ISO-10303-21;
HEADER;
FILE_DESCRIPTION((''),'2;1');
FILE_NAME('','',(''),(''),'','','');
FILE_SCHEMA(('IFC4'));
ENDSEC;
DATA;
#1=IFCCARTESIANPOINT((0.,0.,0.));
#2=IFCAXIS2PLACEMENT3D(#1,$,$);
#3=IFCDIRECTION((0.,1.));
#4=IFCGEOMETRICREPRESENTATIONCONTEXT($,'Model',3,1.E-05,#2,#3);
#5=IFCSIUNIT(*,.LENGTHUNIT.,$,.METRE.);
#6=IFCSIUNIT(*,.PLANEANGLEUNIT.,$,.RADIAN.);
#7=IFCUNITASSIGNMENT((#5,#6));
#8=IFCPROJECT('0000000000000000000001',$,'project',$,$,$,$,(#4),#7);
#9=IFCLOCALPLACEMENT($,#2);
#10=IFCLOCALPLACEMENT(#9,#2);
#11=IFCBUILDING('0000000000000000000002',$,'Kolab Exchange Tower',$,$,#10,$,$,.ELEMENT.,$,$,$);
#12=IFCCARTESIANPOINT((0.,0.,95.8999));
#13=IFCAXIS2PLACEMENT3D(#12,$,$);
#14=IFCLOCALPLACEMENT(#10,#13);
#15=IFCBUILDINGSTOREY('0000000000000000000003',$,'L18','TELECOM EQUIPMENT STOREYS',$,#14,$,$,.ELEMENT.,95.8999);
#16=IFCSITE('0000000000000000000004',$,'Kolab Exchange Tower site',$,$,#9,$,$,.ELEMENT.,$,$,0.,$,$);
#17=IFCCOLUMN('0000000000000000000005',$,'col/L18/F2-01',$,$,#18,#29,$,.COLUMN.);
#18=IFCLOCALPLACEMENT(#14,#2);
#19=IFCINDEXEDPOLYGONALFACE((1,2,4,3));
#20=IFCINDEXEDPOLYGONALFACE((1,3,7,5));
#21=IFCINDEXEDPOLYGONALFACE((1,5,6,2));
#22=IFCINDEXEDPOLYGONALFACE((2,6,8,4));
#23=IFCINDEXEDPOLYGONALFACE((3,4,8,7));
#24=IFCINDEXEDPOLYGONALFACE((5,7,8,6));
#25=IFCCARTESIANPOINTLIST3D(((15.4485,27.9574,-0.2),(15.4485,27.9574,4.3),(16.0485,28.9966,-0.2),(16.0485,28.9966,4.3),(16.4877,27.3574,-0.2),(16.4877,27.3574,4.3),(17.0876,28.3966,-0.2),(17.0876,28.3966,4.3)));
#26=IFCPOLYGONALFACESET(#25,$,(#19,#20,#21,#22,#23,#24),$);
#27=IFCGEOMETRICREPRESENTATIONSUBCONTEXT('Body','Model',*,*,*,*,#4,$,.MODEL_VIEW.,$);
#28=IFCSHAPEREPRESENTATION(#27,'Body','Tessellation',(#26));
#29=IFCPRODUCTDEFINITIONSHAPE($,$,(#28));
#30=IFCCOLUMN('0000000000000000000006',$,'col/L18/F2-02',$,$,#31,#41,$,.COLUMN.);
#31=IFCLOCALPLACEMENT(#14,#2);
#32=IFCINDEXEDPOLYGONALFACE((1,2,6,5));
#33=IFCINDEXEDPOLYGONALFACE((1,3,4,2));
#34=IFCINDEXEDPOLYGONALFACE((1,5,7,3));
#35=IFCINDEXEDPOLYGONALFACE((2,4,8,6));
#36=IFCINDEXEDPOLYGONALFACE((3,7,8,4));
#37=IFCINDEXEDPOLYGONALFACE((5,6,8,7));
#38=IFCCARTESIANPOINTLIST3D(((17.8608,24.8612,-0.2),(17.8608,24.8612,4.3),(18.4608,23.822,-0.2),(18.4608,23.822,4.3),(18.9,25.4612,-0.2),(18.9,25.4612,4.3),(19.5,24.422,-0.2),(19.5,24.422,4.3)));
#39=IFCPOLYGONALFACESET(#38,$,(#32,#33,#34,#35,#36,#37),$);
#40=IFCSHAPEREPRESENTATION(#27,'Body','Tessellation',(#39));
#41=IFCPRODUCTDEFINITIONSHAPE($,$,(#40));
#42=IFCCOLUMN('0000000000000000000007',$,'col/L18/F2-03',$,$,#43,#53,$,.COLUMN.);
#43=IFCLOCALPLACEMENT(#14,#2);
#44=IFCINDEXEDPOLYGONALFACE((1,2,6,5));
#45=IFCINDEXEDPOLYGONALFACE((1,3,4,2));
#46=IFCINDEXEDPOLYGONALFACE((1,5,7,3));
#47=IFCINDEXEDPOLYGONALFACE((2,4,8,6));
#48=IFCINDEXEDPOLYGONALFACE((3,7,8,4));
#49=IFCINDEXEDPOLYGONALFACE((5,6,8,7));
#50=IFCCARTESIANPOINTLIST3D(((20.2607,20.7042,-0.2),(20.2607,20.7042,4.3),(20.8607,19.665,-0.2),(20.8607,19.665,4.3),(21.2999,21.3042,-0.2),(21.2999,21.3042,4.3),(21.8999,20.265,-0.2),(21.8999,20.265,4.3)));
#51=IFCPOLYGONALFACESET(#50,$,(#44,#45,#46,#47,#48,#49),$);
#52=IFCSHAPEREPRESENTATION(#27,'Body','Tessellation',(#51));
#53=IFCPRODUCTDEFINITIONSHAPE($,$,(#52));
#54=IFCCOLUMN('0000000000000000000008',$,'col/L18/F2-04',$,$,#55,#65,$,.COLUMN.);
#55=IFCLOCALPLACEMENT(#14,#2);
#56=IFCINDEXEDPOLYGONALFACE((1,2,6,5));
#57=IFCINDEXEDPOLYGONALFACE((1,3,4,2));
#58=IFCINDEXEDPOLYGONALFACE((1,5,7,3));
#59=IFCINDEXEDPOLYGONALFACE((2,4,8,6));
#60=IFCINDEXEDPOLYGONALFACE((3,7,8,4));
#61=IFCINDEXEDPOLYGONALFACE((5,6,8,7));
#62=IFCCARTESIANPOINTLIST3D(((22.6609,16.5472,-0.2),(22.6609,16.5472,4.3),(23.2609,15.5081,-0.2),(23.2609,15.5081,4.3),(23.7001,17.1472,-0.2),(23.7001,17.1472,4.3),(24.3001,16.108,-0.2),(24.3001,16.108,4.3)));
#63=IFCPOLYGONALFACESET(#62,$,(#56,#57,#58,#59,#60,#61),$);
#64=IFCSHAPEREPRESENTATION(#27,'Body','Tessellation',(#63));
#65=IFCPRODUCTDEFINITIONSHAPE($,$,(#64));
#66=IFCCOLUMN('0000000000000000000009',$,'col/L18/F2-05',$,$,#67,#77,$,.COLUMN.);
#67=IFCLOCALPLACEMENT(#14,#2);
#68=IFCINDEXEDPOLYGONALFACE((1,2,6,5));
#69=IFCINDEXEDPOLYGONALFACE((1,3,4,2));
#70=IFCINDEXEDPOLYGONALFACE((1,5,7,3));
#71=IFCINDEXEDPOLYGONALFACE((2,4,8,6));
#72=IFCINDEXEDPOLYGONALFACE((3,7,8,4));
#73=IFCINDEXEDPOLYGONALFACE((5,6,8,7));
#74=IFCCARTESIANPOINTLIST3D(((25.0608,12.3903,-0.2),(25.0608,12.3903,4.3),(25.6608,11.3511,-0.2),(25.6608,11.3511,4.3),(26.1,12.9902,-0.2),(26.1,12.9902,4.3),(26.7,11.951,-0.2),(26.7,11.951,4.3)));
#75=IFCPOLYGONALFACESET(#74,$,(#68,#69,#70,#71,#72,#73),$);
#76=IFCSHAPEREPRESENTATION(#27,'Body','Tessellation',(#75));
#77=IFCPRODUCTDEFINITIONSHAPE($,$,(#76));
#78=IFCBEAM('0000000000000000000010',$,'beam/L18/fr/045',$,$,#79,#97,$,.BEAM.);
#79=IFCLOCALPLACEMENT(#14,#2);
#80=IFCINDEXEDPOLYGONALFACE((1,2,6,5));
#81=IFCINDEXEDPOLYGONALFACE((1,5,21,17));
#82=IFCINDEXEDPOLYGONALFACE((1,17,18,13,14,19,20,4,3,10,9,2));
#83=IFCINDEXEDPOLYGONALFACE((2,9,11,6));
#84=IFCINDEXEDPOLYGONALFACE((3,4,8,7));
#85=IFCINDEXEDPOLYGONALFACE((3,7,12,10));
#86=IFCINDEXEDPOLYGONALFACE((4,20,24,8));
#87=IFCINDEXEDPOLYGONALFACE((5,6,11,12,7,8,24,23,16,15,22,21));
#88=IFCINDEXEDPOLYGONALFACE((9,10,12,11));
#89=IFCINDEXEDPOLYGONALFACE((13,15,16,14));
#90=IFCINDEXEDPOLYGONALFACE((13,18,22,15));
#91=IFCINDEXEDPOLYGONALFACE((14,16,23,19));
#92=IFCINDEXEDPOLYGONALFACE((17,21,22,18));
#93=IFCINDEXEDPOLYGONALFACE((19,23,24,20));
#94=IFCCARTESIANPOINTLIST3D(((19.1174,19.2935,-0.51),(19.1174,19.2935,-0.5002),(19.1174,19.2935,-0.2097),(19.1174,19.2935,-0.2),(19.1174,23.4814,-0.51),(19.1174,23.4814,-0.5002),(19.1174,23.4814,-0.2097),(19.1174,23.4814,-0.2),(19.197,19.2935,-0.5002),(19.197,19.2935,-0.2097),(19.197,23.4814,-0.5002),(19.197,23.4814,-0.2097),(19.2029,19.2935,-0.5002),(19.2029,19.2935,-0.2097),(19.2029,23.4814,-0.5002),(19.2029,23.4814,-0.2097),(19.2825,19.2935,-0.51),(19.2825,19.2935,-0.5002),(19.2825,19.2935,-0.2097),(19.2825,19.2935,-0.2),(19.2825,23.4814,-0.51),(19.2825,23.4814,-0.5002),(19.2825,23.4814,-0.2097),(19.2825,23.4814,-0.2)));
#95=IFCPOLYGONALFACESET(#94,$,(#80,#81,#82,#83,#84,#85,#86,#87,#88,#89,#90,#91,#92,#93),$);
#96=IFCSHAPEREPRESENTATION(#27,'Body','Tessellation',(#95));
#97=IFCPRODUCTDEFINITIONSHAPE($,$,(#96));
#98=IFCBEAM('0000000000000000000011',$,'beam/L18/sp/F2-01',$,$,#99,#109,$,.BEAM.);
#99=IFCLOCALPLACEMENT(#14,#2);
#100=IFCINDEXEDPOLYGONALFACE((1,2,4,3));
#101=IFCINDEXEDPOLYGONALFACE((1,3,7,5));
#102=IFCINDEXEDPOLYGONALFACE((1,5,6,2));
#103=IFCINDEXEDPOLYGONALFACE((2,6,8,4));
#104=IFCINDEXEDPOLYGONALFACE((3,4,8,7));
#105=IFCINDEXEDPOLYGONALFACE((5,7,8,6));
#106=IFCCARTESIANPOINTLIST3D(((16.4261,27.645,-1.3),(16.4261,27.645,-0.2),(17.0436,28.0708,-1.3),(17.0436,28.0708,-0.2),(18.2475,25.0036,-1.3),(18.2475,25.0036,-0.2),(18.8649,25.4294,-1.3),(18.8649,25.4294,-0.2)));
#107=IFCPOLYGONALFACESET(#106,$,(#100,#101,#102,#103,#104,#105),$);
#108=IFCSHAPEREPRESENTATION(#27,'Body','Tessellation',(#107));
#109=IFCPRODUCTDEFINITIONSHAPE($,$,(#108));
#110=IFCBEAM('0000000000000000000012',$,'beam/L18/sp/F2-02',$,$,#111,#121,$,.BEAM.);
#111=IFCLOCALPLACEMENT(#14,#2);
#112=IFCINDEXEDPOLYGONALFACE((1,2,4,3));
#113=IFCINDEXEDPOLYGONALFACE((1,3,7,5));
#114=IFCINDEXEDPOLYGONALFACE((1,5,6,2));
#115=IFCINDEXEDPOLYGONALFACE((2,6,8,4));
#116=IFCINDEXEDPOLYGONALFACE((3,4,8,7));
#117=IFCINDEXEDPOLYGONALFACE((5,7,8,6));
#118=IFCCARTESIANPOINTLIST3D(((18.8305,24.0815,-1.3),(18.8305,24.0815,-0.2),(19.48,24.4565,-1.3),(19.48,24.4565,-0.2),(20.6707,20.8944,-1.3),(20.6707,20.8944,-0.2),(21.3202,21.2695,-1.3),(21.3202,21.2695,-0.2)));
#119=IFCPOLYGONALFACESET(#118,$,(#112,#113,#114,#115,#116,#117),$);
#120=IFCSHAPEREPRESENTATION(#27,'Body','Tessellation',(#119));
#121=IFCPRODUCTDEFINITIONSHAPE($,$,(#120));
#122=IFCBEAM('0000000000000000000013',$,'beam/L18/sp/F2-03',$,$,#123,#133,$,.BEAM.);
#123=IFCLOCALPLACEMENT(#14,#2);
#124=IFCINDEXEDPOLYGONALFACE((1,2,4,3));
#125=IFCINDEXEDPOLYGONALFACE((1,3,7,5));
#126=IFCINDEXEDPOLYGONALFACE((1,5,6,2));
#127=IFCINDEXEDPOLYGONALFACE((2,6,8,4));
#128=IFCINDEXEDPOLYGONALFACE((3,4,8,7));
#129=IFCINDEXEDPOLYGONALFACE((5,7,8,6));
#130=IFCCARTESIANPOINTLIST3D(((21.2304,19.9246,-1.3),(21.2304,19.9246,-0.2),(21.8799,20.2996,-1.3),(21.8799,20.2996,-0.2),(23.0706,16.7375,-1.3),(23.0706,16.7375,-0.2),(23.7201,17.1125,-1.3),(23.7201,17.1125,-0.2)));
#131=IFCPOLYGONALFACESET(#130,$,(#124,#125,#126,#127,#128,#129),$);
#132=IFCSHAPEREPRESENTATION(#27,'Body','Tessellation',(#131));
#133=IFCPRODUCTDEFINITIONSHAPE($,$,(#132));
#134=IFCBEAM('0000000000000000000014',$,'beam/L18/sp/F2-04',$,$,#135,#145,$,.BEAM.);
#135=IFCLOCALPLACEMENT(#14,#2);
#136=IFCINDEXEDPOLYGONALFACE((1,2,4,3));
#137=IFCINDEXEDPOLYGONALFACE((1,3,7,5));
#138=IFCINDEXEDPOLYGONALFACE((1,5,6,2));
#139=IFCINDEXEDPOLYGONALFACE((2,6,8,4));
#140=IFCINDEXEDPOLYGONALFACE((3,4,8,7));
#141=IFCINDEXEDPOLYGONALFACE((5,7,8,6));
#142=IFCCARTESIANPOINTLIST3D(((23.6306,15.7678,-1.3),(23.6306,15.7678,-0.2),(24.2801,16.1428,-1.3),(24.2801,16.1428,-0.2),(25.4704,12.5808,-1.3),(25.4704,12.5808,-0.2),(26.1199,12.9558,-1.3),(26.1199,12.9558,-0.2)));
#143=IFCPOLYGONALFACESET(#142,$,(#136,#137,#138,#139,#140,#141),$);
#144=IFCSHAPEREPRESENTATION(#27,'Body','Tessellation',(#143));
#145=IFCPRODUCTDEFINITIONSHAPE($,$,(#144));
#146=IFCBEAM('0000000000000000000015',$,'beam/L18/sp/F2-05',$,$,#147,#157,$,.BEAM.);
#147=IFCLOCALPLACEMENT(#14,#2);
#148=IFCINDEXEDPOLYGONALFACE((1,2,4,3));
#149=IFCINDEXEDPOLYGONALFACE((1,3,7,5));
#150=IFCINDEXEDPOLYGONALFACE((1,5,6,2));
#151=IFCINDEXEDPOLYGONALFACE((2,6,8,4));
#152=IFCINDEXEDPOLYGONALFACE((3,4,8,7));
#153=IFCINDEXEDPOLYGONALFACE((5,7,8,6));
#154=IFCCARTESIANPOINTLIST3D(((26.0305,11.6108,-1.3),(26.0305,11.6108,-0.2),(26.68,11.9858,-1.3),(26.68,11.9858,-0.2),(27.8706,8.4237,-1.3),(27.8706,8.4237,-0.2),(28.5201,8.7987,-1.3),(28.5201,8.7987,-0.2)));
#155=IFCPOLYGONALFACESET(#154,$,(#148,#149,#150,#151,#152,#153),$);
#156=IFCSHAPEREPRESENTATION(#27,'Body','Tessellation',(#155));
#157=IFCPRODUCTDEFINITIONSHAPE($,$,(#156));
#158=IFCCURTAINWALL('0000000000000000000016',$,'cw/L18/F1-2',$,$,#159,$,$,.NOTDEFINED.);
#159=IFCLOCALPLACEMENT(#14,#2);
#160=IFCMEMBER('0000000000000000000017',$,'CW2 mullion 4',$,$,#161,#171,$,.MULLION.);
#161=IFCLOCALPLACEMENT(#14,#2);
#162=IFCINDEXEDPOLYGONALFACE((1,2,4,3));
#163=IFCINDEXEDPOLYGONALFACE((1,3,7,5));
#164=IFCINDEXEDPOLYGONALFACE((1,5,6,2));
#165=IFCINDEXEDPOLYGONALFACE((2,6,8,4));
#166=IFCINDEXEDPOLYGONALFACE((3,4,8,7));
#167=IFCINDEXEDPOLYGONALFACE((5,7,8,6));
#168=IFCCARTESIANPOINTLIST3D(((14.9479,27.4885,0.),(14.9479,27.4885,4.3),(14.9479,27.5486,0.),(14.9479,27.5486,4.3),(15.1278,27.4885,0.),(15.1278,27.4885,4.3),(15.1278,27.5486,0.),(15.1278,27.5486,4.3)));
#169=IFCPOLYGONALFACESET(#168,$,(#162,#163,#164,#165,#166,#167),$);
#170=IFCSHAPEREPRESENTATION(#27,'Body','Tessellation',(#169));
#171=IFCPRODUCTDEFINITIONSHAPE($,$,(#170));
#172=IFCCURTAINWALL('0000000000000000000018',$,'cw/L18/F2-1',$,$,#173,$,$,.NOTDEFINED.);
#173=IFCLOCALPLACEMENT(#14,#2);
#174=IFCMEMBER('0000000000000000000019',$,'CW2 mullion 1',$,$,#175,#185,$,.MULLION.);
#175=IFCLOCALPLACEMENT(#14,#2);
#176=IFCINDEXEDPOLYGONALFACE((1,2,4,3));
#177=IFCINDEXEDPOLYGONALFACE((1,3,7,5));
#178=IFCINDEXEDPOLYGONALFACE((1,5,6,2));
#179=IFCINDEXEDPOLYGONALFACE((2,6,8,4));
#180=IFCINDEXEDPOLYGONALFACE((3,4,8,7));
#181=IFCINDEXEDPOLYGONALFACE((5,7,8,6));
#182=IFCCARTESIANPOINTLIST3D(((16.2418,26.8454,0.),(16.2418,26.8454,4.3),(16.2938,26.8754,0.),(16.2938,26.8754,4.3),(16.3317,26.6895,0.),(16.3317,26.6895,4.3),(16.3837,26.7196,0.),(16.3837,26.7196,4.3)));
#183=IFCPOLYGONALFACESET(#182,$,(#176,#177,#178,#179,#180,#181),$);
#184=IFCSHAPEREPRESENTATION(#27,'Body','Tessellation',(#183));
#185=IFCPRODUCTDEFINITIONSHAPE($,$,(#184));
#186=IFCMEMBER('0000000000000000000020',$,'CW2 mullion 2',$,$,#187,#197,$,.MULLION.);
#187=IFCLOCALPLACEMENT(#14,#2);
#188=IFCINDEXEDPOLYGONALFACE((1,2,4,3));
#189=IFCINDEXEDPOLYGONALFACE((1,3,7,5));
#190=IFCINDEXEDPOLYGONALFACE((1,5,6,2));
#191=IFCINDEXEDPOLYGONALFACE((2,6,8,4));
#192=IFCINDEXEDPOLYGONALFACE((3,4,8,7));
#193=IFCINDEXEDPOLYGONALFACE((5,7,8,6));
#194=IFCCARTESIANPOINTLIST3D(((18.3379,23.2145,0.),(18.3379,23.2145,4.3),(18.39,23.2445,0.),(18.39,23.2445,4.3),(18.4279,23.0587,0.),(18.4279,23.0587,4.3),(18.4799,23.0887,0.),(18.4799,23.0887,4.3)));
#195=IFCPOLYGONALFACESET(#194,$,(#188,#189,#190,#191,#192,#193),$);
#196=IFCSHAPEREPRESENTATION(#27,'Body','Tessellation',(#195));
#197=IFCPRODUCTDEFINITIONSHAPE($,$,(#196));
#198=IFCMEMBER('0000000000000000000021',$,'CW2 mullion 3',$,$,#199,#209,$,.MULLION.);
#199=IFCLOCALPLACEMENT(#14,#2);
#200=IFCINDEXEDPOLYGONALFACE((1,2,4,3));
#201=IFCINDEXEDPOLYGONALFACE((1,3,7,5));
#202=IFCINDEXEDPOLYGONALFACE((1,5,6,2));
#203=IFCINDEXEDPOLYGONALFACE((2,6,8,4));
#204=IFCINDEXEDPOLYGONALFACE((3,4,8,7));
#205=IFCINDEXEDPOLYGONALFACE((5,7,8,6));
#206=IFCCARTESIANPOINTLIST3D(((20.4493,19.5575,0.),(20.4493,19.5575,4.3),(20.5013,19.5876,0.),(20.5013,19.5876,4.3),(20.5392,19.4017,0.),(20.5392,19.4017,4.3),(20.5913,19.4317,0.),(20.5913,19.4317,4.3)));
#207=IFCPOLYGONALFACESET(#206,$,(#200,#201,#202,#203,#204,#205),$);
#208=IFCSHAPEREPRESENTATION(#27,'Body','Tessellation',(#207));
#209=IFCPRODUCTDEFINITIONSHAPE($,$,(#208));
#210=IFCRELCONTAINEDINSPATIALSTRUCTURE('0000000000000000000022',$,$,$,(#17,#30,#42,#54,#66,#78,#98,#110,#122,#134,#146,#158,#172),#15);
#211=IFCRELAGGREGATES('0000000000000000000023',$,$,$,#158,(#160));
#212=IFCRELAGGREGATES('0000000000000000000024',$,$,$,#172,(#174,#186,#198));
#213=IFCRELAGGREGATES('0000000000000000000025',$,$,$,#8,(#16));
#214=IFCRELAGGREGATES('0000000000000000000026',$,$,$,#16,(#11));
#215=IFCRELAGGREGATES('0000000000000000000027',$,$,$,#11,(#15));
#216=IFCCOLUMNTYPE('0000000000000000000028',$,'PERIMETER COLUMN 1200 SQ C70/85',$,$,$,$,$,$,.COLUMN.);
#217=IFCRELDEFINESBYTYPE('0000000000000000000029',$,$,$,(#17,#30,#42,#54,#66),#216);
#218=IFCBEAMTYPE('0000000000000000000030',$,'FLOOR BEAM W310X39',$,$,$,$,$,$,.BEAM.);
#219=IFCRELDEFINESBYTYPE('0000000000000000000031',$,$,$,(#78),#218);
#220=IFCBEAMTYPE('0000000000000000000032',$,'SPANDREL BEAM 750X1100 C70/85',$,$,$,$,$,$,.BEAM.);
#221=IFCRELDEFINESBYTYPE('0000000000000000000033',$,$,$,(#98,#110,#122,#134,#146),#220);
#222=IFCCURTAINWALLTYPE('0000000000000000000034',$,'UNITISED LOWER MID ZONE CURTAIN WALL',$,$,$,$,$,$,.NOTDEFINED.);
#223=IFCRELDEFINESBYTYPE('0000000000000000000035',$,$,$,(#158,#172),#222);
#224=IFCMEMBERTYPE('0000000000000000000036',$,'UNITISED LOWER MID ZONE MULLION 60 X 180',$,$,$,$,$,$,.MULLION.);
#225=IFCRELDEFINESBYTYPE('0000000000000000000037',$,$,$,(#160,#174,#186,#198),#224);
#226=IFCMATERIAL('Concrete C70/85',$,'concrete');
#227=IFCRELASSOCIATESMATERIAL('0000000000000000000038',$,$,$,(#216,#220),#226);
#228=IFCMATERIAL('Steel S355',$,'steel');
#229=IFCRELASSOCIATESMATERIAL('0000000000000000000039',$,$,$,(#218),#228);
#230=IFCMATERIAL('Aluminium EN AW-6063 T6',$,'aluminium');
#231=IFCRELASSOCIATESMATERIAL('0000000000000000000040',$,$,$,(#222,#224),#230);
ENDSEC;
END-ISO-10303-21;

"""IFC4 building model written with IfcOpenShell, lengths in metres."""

from ifc_helpers import new_model, si_unit, direction, frame, origin, origin_2d, place, context, subcontext, project, spatial, rectangle, i_section, extrude, material, material_profile, profile_set, type_object, element, aggregate, save


model = new_model("IFC4")

# Units and contexts
model_context = context("Model", 3, precision=1e-05, world=origin(), true_north=direction((0.0, 1.0)))
body_context = subcontext(model_context, "Body", "Model", "MODEL_VIEW")
ifc_project = project(units=[si_unit("LENGTHUNIT", "METRE"), si_unit("PLANEANGLEUNIT", "RADIAN")], contexts=[model_context])

# Site, building, storey
site_placement = place(None, origin())
site = spatial("IfcSite", under=ifc_project, at=site_placement, Name="Kolab Exchange Tower site", CompositionType="ELEMENT", RefElevation=0.0)
building_placement = place(site_placement, origin())
building = spatial("IfcBuilding", under=site, at=building_placement, Name="Kolab Exchange Tower", CompositionType="ELEMENT")
storey_placement = place(building_placement, frame((0.0, 0.0, 95.8999)))
storey = spatial("IfcBuildingStorey", under=building, at=storey_placement, Name="L18", Description="TELECOM EQUIPMENT STOREYS", CompositionType="ELEMENT", Elevation=95.8999)

# Columns
ifc_material_1 = material(Name="Concrete C70/85", Category="concrete")
ifc_material_profile_1 = material_profile(ifc_material_1, rectangle(XDim=1.2, YDim=1.2, at=origin_2d()), Name="RC1200")
ifc_profile_set_1 = profile_set([ifc_material_profile_1], Name="Concrete C70/85")
column_type = type_object("IfcColumnType", Name="PERIMETER COLUMN 1200 SQ C70/85", PredefinedType="COLUMN", material=ifc_profile_set_1)
for number, where, z_axis, x_axis, name in (
    (1, (16.2681, 28.177, -0.2), (0.0, 0.0, 1.0), (0.5, 0.866025, 0.0), "col/L18/F2-01"),
    (2, (18.6804, 24.6416, -0.2), (0.0, 0.0, 1.0), (0.866025, 0.5, 0.0), "col/L18/F2-02"),
    (3, (21.0803, 20.4846, -0.2), (0.0, 0.0, 1.0), (0.866025, 0.5, 0.0), "col/L18/F2-03"),
    (4, (23.4805, 16.3276, -0.2), (0.0, 0.0, 1.0), (0.866025, 0.5, 0.0), "col/L18/F2-04"),
    (5, (25.8804, 12.1707, -0.2), (0.0, 0.0, 1.0), (0.866025, 0.5, 0.0), "col/L18/F2-05"),
):
    element("IfcColumn", number, at=place(storey_placement, frame(where, z_axis=z_axis, x_axis=x_axis)), inside=storey, type_object=column_type, Name=name, PredefinedType="COLUMN", context=body_context, shape_type="SweptSolid", body=[
        extrude(rectangle(XDim=1.2, YDim=1.2, at=origin_2d()), origin(), (0.0, 0.0, 1.0), 4.5),
    ])

# Beams
ifc_material_2 = material(Name="Steel S355", Category="steel")
ifc_material_profile_2 = material_profile(ifc_material_2, i_section(OverallWidth=0.165, OverallDepth=0.3101, WebThickness=0.0059, FlangeThickness=0.0098, at=origin_2d()), Name="W310X39")
ifc_profile_set_2 = profile_set([ifc_material_profile_2], Name="Steel S355")
beam_type_1 = type_object("IfcBeamType", Name="FLOOR BEAM W310X39", PredefinedType="BEAM", material=ifc_profile_set_2)
beam_1_placement = place(storey_placement, frame((19.2, 19.2935, -0.355), z_axis=(0.0, 1.0, 0.0), x_axis=(-1.0, 0.0, 0.0)))
element("IfcBeam", 6, at=beam_1_placement, inside=storey, type_object=beam_type_1, Name="beam/L18/fr/045", PredefinedType="BEAM", context=body_context, shape_type="SweptSolid", body=[
    extrude(i_section(OverallWidth=0.165, OverallDepth=0.3101, WebThickness=0.0059, FlangeThickness=0.0098, at=origin_2d()), origin(), (0.0, 0.0, 1.0), 4.188),
])
ifc_material_profile_3 = material_profile(ifc_material_1, rectangle(XDim=0.75, YDim=1.1001, at=origin_2d()), Name="RC750X1100")
ifc_profile_set_3 = profile_set([ifc_material_profile_3], Name="Concrete C70/85")
beam_type_2 = type_object("IfcBeamType", Name="SPANDREL BEAM 750X1100 C70/85", PredefinedType="BEAM", material=ifc_profile_set_3)
beam_2_placement = place(storey_placement, frame((16.7349, 27.8579, -0.75), z_axis=(0.567662, -0.823262, 0.0), x_axis=(0.823262, 0.567662, 0.0)))
element("IfcBeam", 7, at=beam_2_placement, inside=storey, type_object=beam_type_2, Name="beam/L18/sp/F2-01", PredefinedType="BEAM", context=body_context, shape_type="SweptSolid", body=[
    extrude(rectangle(XDim=0.75, YDim=1.1001, at=origin_2d()), origin(), (0.0, 0.0, 1.0), 3.2085),
])
for number, where, z_axis, x_axis, name in (
    (8, (19.1553, 24.269, -0.75), (0.500013, -0.866018, 0.0), (0.866018, 0.500013, 0.0), "beam/L18/sp/F2-02"),
    (9, (21.5552, 20.1121, -0.75), (0.500013, -0.866018, 0.0), (0.866018, 0.500013, 0.0), "beam/L18/sp/F2-03"),
):
    element("IfcBeam", number, at=place(storey_placement, frame(where, z_axis=z_axis, x_axis=x_axis)), inside=storey, type_object=beam_type_2, Name=name, PredefinedType="BEAM", context=body_context, shape_type="SweptSolid", body=[
        extrude(rectangle(XDim=0.75, YDim=1.1001, at=origin_2d()), origin(), (0.0, 0.0, 1.0), 3.6802),
    ])
beam_3_placement = place(storey_placement, frame((23.9553, 15.9553, -0.75), z_axis=(0.499964, -0.866046, 0.0), x_axis=(0.866046, 0.499964, 0.0)))
element("IfcBeam", 10, at=beam_3_placement, inside=storey, type_object=beam_type_2, Name="beam/L18/sp/F2-04", PredefinedType="BEAM", context=body_context, shape_type="SweptSolid", body=[
    extrude(rectangle(XDim=0.75, YDim=1.1001, at=origin_2d()), origin(), (0.0, 0.0, 1.0), 3.6799),
])
beam_4_placement = place(storey_placement, frame((26.3552, 11.7983, -0.75), z_axis=(0.500013, -0.866018, 0.0), x_axis=(0.866018, 0.500013, 0.0)))
element("IfcBeam", 11, at=beam_4_placement, inside=storey, type_object=beam_type_2, Name="beam/L18/sp/F2-05", PredefinedType="BEAM", context=body_context, shape_type="SweptSolid", body=[
    extrude(rectangle(XDim=0.75, YDim=1.1001, at=origin_2d()), origin(), (0.0, 0.0, 1.0), 3.6802),
])

# Curtain wall, member
ifc_material_3 = material(Name="Aluminium EN AW-6063 T6", Category="aluminium")
curtain_wall_type = type_object("IfcCurtainWallType", Name="UNITISED LOWER MID ZONE CURTAIN WALL", PredefinedType="NOTDEFINED", material=ifc_material_3)
curtain_wall_1_placement = place(storey_placement, origin())
curtain_wall_1 = element("IfcCurtainWall", 12, at=curtain_wall_1_placement, inside=storey, type_object=curtain_wall_type, Name="cw/L18/F1-2", PredefinedType="NOTDEFINED")
ifc_material_profile_4 = material_profile(ifc_material_3, rectangle(XDim=0.0601, YDim=0.1799, at=origin_2d()), Name="RECT 60X180")
ifc_profile_set_4 = profile_set([ifc_material_profile_4], Name="Aluminium EN AW-6063 T6")
member_type_1 = type_object("IfcMemberType", Name="UNITISED LOWER MID ZONE MULLION 60 X 180", PredefinedType="MULLION", material=ifc_profile_set_4)
member_1_placement = place(storey_placement, frame((15.0378, 27.5186, 0.0), z_axis=(0.0, 0.0, 1.0), x_axis=(0.0, 1.0, 0.0)))
member_1 = element("IfcMember", 13, at=member_1_placement, type_object=member_type_1, Name="CW2 mullion 4", PredefinedType="MULLION", context=body_context, shape_type="SweptSolid", body=[
    extrude(rectangle(XDim=0.0601, YDim=0.1799, at=origin_2d()), origin(), (0.0, 0.0, 1.0), 4.3),
])
aggregate(curtain_wall_1, [member_1])

# Curtain wall, members
curtain_wall_2_placement = place(storey_placement, origin())
curtain_wall_2 = element("IfcCurtainWall", 14, at=curtain_wall_2_placement, inside=storey, type_object=curtain_wall_type, Name="cw/L18/F2-1", PredefinedType="NOTDEFINED")
member_2_placement = place(storey_placement, frame((16.3127, 26.7825, 0.0), z_axis=(0.0, 0.0, 1.0), x_axis=(0.866025, 0.5, 0.0)))
member_2 = element("IfcMember", 15, at=member_2_placement, type_object=member_type_1, Name="CW2 mullion 1", PredefinedType="MULLION", context=body_context, shape_type="SweptSolid", body=[
    extrude(rectangle(XDim=0.0601, YDim=0.1799, at=origin_2d()), origin(), (0.0, 0.0, 1.0), 4.3),
])
member_3_placement = place(storey_placement, frame((18.4089, 23.1516, 0.0), z_axis=(0.0, 0.0, 1.0), x_axis=(0.866025, 0.5, 0.0)))
member_3 = element("IfcMember", 16, at=member_3_placement, type_object=member_type_1, Name="CW2 mullion 2", PredefinedType="MULLION", context=body_context, shape_type="SweptSolid", body=[
    extrude(rectangle(XDim=0.0601, YDim=0.1799, at=origin_2d()), origin(), (0.0, 0.0, 1.0), 4.3),
])
member_4_placement = place(storey_placement, frame((20.5203, 19.4946, 0.0), z_axis=(0.0, 0.0, 1.0), x_axis=(0.866025, 0.5, 0.0)))
member_4 = element("IfcMember", 17, at=member_4_placement, type_object=member_type_1, Name="CW2 mullion 3", PredefinedType="MULLION", context=body_context, shape_type="SweptSolid", body=[
    extrude(rectangle(XDim=0.0601, YDim=0.1799, at=origin_2d()), origin(), (0.0, 0.0, 1.0), 4.3),
])

aggregate(curtain_wall_2, [member_2, member_3, member_4])

save(model, "model.ifc")
